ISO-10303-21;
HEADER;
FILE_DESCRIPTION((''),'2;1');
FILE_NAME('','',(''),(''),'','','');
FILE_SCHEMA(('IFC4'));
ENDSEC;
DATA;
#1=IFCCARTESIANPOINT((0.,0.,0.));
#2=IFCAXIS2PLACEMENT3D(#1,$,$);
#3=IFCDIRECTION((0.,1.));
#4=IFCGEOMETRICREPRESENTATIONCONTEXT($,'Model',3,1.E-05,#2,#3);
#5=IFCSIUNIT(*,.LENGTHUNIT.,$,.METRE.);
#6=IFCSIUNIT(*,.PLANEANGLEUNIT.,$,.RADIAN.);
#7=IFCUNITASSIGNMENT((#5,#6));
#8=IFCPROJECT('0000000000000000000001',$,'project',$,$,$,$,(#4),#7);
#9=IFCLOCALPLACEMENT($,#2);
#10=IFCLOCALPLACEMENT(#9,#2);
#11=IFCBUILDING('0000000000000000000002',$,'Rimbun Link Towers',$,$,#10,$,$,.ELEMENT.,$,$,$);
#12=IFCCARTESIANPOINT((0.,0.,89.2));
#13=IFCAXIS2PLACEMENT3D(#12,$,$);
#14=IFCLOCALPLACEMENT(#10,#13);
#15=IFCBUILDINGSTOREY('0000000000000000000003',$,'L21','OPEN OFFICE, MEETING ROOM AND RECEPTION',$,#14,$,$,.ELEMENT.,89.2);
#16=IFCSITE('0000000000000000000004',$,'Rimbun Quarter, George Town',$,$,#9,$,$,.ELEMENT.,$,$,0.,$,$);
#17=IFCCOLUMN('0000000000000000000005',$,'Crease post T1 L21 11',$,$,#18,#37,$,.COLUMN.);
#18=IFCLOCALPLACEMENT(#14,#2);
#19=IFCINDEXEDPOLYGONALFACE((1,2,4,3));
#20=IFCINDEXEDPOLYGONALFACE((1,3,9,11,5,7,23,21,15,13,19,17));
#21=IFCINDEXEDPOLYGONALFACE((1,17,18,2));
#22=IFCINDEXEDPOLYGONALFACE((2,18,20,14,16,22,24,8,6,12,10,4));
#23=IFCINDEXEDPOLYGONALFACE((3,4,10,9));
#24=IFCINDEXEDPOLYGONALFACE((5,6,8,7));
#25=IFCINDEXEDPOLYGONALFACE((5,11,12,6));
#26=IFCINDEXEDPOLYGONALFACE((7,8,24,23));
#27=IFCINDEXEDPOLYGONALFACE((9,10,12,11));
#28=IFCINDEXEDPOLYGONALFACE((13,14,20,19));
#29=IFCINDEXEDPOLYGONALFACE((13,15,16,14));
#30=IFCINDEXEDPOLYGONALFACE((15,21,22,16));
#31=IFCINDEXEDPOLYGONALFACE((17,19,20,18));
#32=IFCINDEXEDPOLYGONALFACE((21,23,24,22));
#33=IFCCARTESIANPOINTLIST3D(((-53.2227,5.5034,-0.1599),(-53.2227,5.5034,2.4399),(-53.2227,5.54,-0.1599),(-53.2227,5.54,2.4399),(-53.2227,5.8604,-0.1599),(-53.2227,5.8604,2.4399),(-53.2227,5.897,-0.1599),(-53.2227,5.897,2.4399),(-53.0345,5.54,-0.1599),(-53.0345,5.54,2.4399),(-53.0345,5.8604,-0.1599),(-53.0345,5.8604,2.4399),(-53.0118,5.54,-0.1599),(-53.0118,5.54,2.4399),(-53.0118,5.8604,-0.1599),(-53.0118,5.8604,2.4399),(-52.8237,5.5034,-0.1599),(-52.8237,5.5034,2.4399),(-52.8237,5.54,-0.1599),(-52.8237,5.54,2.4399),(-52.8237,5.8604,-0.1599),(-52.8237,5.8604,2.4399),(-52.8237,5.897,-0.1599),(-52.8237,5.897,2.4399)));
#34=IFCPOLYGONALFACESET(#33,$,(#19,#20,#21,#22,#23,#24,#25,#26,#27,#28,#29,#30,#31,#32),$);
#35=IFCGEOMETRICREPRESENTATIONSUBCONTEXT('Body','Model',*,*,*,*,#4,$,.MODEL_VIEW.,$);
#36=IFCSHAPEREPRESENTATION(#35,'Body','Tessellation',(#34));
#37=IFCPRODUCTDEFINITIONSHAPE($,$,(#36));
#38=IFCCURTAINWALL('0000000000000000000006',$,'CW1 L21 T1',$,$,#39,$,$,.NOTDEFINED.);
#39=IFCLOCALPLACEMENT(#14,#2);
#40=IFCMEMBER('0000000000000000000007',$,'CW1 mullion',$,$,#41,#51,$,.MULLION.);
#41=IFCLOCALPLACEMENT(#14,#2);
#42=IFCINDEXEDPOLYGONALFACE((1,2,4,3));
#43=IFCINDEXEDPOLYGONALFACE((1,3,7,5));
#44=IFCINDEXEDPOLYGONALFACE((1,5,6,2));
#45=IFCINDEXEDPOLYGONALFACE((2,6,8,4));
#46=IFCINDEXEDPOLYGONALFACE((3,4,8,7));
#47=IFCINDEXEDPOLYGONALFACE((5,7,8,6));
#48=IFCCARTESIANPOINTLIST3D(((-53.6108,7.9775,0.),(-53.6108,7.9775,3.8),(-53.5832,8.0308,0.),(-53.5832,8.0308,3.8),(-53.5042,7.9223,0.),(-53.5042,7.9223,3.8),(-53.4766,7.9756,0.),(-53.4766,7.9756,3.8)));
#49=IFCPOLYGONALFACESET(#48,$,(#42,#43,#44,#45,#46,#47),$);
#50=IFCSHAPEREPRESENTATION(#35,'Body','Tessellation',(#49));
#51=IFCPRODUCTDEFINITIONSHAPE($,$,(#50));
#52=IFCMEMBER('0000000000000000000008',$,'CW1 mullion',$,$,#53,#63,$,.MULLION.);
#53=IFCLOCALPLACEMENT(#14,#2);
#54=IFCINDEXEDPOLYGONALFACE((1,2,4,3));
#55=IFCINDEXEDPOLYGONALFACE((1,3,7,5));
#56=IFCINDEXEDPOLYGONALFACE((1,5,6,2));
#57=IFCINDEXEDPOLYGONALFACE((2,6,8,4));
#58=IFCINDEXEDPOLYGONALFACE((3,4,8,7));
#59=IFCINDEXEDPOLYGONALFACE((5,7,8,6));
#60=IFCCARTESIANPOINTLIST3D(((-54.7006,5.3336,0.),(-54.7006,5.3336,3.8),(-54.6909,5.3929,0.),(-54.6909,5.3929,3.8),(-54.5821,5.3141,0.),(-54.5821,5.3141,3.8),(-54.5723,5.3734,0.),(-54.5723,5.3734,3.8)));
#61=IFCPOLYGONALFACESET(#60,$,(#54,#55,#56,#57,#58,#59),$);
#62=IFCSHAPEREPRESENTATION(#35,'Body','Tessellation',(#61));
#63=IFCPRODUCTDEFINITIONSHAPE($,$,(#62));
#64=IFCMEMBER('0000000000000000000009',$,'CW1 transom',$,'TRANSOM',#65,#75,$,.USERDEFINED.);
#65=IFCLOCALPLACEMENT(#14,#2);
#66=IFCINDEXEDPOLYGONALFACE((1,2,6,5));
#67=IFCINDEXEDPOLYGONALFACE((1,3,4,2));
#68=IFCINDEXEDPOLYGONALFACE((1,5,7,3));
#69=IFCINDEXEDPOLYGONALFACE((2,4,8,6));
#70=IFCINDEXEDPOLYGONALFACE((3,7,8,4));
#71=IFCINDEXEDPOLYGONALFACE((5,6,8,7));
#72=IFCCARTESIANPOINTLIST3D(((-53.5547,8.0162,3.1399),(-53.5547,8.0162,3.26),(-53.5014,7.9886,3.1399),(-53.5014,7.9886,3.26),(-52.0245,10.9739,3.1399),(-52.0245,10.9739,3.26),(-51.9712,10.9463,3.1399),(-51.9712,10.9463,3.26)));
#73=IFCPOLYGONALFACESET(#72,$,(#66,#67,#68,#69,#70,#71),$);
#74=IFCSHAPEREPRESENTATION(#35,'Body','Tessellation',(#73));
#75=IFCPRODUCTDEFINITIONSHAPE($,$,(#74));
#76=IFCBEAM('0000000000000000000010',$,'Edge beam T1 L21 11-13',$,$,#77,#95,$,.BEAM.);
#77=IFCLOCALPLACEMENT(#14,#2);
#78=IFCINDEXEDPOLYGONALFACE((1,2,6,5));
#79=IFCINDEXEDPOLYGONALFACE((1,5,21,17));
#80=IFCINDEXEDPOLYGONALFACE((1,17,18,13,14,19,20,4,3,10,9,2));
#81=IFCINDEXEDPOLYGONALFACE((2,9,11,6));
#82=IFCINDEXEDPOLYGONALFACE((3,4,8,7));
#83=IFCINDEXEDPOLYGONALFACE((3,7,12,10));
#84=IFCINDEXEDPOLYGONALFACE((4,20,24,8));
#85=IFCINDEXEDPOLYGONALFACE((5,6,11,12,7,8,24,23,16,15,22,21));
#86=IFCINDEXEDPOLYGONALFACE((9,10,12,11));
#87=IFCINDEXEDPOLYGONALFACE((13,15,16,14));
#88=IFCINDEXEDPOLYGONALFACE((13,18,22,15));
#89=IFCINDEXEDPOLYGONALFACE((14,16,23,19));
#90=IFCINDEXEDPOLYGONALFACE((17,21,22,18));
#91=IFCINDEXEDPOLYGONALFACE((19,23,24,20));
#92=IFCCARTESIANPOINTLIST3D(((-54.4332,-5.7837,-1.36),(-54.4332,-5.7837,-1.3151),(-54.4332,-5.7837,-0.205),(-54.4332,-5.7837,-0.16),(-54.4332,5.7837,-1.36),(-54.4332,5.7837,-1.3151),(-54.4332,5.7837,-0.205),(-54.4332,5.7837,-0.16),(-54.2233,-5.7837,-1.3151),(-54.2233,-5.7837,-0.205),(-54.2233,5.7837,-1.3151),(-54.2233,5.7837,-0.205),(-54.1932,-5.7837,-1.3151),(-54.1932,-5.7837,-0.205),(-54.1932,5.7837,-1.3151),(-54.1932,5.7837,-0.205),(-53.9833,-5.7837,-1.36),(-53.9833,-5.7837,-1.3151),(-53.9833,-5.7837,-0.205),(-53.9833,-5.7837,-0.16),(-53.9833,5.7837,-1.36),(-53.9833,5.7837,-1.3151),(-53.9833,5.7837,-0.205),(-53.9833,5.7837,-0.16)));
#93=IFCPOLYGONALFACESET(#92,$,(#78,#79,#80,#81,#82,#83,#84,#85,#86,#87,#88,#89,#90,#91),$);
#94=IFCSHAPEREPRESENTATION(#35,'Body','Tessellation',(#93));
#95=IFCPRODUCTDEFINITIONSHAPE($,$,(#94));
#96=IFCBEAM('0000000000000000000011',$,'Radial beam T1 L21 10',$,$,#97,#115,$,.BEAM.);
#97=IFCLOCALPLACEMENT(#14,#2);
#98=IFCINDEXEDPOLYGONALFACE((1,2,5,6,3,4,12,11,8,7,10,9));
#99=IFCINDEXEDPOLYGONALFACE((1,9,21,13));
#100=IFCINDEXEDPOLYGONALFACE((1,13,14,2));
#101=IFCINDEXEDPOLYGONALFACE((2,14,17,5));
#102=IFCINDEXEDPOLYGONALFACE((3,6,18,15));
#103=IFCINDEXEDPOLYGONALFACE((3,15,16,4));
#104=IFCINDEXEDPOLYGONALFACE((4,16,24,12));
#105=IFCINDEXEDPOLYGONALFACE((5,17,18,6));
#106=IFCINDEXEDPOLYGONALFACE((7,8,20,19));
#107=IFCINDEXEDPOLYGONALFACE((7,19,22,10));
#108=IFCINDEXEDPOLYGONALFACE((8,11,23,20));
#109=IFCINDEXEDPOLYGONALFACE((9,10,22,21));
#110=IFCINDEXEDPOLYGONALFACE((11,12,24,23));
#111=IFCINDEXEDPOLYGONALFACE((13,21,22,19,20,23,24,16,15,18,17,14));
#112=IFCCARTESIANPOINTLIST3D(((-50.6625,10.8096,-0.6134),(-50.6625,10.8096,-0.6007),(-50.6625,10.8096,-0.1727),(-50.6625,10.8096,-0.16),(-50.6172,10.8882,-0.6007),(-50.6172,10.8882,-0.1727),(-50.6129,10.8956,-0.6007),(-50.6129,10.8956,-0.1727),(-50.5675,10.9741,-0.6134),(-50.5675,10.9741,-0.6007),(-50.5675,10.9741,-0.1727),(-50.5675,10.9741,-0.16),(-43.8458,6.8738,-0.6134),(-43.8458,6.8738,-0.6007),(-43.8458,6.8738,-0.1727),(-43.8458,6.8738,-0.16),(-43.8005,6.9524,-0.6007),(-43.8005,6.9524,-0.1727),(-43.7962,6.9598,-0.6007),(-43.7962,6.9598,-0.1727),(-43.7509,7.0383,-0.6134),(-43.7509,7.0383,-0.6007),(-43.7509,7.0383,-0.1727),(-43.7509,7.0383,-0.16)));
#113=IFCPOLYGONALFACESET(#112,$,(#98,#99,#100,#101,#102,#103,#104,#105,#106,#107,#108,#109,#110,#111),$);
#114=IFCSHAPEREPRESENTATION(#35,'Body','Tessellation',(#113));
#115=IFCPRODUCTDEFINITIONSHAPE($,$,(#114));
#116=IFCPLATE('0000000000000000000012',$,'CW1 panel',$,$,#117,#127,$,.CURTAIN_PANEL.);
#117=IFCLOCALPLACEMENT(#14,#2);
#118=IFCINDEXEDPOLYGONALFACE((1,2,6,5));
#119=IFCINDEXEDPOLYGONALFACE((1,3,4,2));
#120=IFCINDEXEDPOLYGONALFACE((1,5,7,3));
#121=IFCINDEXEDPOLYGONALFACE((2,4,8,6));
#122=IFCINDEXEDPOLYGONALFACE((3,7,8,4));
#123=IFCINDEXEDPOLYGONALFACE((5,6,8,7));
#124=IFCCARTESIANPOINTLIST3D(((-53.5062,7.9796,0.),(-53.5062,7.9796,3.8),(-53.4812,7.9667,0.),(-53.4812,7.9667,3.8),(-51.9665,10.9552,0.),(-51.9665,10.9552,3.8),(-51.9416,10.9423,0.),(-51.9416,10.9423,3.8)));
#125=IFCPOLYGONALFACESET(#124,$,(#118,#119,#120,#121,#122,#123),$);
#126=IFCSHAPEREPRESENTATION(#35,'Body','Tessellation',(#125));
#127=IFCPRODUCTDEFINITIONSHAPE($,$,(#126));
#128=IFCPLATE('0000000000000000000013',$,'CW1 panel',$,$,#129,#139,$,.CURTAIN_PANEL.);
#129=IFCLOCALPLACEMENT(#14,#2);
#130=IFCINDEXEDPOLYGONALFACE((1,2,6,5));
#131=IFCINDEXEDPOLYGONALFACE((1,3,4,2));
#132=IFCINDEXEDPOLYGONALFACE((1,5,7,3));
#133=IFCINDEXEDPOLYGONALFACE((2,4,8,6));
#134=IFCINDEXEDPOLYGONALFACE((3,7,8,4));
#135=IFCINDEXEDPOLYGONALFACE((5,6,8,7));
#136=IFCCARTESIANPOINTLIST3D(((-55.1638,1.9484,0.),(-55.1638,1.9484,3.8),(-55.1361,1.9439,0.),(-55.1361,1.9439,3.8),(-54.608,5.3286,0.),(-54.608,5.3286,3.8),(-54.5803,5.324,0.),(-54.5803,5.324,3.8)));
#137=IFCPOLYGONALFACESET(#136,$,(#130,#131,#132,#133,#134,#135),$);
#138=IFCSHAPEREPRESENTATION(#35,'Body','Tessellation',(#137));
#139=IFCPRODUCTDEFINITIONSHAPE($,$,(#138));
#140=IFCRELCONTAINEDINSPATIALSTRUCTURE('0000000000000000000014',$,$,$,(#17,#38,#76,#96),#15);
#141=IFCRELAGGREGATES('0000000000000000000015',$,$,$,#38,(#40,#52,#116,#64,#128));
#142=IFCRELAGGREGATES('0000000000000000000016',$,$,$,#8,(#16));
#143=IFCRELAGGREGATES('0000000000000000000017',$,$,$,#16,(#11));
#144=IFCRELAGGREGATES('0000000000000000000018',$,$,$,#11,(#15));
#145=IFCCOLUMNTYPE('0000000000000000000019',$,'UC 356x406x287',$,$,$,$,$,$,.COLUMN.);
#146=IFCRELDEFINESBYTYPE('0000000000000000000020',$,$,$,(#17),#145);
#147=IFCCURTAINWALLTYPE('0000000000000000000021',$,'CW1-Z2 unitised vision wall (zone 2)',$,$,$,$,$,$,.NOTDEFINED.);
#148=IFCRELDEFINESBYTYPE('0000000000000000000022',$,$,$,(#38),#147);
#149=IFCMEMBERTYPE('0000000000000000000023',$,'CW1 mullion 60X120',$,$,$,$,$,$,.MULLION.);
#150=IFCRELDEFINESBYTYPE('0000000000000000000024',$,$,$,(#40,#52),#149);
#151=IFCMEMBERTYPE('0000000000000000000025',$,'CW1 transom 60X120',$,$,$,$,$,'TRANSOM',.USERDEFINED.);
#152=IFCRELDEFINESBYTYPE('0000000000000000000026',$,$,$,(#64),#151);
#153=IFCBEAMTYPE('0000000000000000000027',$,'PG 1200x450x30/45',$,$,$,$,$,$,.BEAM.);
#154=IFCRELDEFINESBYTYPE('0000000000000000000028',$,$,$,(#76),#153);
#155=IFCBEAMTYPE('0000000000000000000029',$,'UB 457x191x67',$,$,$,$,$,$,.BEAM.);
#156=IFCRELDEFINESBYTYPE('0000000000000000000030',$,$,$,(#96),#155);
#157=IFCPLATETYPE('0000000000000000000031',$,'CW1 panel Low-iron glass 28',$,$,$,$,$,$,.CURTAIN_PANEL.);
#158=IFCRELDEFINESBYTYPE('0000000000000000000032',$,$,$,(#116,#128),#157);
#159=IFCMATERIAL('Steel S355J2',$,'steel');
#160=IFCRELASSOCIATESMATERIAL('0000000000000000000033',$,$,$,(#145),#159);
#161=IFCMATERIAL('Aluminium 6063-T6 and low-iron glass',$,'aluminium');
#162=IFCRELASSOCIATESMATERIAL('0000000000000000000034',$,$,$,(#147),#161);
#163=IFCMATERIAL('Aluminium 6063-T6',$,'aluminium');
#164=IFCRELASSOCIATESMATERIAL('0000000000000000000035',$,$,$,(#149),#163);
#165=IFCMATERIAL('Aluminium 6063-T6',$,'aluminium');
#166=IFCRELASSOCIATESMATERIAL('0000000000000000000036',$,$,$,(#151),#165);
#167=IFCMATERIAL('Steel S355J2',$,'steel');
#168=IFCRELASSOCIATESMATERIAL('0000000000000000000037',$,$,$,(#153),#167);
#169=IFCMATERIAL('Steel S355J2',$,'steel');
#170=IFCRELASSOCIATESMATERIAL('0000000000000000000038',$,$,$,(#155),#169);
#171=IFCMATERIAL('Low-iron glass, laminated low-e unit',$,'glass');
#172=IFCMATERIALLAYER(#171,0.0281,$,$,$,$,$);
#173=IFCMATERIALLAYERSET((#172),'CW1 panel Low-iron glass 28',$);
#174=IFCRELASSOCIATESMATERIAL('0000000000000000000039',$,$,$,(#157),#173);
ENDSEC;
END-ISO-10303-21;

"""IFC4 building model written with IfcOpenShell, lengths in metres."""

from ifc_helpers import new_model, si_unit, direction, frame, origin, origin_2d, place, context, subcontext, project, spatial, rectangle, i_section, extrude, material, layer, layer_set, material_profile, profile_set, type_object, element, aggregate, save


model = new_model("IFC4")

# Units and contexts
model_context = context("Model", 3, precision=1e-05, world=origin(), true_north=direction((0.0, 1.0)))
body_context = subcontext(model_context, "Body", "Model", "MODEL_VIEW")
ifc_project = project(units=[si_unit("LENGTHUNIT", "METRE"), si_unit("PLANEANGLEUNIT", "RADIAN")], contexts=[model_context])

# Site, building, storey
site_placement = place(None, origin())
site = spatial("IfcSite", under=ifc_project, at=site_placement, Name="Rimbun Quarter, George Town", CompositionType="ELEMENT", RefElevation=0.0)
building_placement = place(site_placement, origin())
building = spatial("IfcBuilding", under=site, at=building_placement, Name="Rimbun Link Towers", CompositionType="ELEMENT")
storey_placement = place(building_placement, frame((0.0, 0.0, 89.2)))
storey = spatial("IfcBuildingStorey", under=building, at=storey_placement, Name="L21", Description="OPEN OFFICE, MEETING ROOM AND RECEPTION", CompositionType="ELEMENT", Elevation=89.2)

# Column
ifc_material_1 = material(Name="Steel S355J2", Category="steel")
ifc_material_profile_1 = material_profile(ifc_material_1, i_section(OverallWidth=0.3989, OverallDepth=0.3936, WebThickness=0.0227, FlangeThickness=0.0366, at=origin_2d()), Name="UC 356x406x287")
ifc_profile_set_1 = profile_set([ifc_material_profile_1], Name="Steel S355J2")
column_type = type_object("IfcColumnType", Name="UC 356x406x287", PredefinedType="COLUMN", material=ifc_profile_set_1)
column_placement = place(storey_placement, frame((-53.0232, 5.7002, -0.1599), z_axis=(0.0, 0.0, 1.0), x_axis=(1.0, 0.0, 0.0)))
element("IfcColumn", 1, at=column_placement, inside=storey, type_object=column_type, Name="Crease post T1 L21 11", PredefinedType="COLUMN", context=body_context, shape_type="SweptSolid", body=[
    extrude(i_section(OverallWidth=0.3989, OverallDepth=0.3936, WebThickness=0.0227, FlangeThickness=0.0366, at=origin_2d()), origin(), (0.0, 0.0, 1.0), 2.5999),
])

# Curtain wall, members
ifc_material_2 = material(Name="Aluminium 6063-T6 and low-iron glass", Category="aluminium")
curtain_wall_type = type_object("IfcCurtainWallType", Name="CW1-Z2 unitised vision wall (zone 2)", PredefinedType="NOTDEFINED", material=ifc_material_2)
curtain_wall_placement = place(storey_placement, origin())
curtain_wall = element("IfcCurtainWall", 2, at=curtain_wall_placement, inside=storey, type_object=curtain_wall_type, Name="CW1 L21 T1", PredefinedType="NOTDEFINED")
ifc_material_3 = material(Name="Aluminium 6063-T6", Category="aluminium")
ifc_material_profile_2 = material_profile(ifc_material_3, rectangle(XDim=0.1201, YDim=0.0601, at=origin_2d()), Name="MULLION 60X120")
ifc_profile_set_2 = profile_set([ifc_material_profile_2], Name="Aluminium 6063-T6")
member_type_1 = type_object("IfcMemberType", Name="CW1 mullion 60X120", PredefinedType="MULLION", material=ifc_profile_set_2)
member_1_placement = place(storey_placement, frame((-53.5437, 7.9766, 0.0), z_axis=(0.0, 0.0, 1.0), x_axis=(-0.888155, 0.459544, 0.0)))
member_1 = element("IfcMember", 3, at=member_1_placement, type_object=member_type_1, Name="CW1 mullion", PredefinedType="MULLION", context=body_context, shape_type="SweptSolid", body=[
    extrude(rectangle(XDim=0.1201, YDim=0.0601, at=origin_2d()), origin(), (0.0, 0.0, 1.0), 3.8),
])
member_2_placement = place(storey_placement, frame((-54.6365, 5.3535, 0.0), z_axis=(0.0, 0.0, 1.0), x_axis=(-0.986749, 0.162255, 0.0)))
member_2 = element("IfcMember", 4, at=member_2_placement, type_object=member_type_1, Name="CW1 mullion", PredefinedType="MULLION", context=body_context, shape_type="SweptSolid", body=[
    extrude(rectangle(XDim=0.1201, YDim=0.0601, at=origin_2d()), origin(), (0.0, 0.0, 1.0), 3.8),
])
ifc_material_4 = material(Name="Aluminium 6063-T6", Category="aluminium")
ifc_material_profile_3 = material_profile(ifc_material_4, rectangle(XDim=0.0601, YDim=0.1201, at=origin_2d()), Name="TRANSOM 60X120")
ifc_profile_set_3 = profile_set([ifc_material_profile_3], Name="Aluminium 6063-T6")
member_type_2 = type_object("IfcMemberType", Name="CW1 transom 60X120", ElementType="TRANSOM", PredefinedType="USERDEFINED", material=ifc_profile_set_3)
member_3_placement = place(storey_placement, frame((-53.5281, 8.0024, 3.2), z_axis=(0.459517, 0.888169, 0.0), x_axis=(-0.888169, 0.459517, 0.0)))
member_3 = element("IfcMember", 5, at=member_3_placement, type_object=member_type_2, Name="CW1 transom", ObjectType="TRANSOM", PredefinedType="USERDEFINED", context=body_context, shape_type="SweptSolid", body=[
    extrude(rectangle(XDim=0.0601, YDim=0.1201, at=origin_2d()), origin(), (0.0, 0.0, 1.0), 3.3301),
])

# Beams
ifc_material_5 = material(Name="Steel S355J2", Category="steel")
ifc_material_profile_4 = material_profile(ifc_material_5, i_section(OverallWidth=0.45, OverallDepth=1.2, WebThickness=0.03, FlangeThickness=0.0449, at=origin_2d()), Name="PG 1200x450x30/45")
ifc_profile_set_4 = profile_set([ifc_material_profile_4], Name="Steel S355J2")
beam_type_1 = type_object("IfcBeamType", Name="PG 1200x450x30/45", PredefinedType="BEAM", material=ifc_profile_set_4)
beam_1_placement = place(storey_placement, frame((-54.2083, 5.7837, -0.76), z_axis=(0.0, -1.0, 0.0), x_axis=(1.0, 0.0, 0.0)))
element("IfcBeam", 6, at=beam_1_placement, inside=storey, type_object=beam_type_1, Name="Edge beam T1 L21 11-13", PredefinedType="BEAM", context=body_context, shape_type="SweptSolid", body=[
    extrude(i_section(OverallWidth=0.45, OverallDepth=1.2, WebThickness=0.03, FlangeThickness=0.0449, at=origin_2d()), origin(), (0.0, 0.0, 1.0), 11.5674),
])
ifc_material_6 = material(Name="Steel S355J2", Category="steel")
ifc_material_profile_5 = material_profile(ifc_material_6, i_section(OverallWidth=0.1899, OverallDepth=0.4534, WebThickness=0.0085, FlangeThickness=0.0127, at=origin_2d()), Name="UB 457x191x67")
ifc_profile_set_5 = profile_set([ifc_material_profile_5], Name="Steel S355J2")
beam_type_2 = type_object("IfcBeamType", Name="UB 457x191x67", PredefinedType="BEAM", material=ifc_profile_set_5)
beam_2_placement = place(storey_placement, frame((-43.7983, 6.9561, -0.3867), z_axis=(-0.866015, 0.500019, 0.0), x_axis=(-0.500019, -0.866015, 0.0)))
element("IfcBeam", 7, at=beam_2_placement, inside=storey, type_object=beam_type_2, Name="Radial beam T1 L21 10", PredefinedType="BEAM", context=body_context, shape_type="SweptSolid", body=[
    extrude(i_section(OverallWidth=0.1899, OverallDepth=0.4534, WebThickness=0.0085, FlangeThickness=0.0127, at=origin_2d()), origin(), (0.0, 0.0, 1.0), 7.8713),
])

# Plates
ifc_material_7 = material(Name="Low-iron glass, laminated low-e unit", Category="glass")
ifc_layer_1 = layer(ifc_material_7, 0.0281)
ifc_layer_set_1 = layer_set([ifc_layer_1], Name="CW1 panel Low-iron glass 28")
plate_type = type_object("IfcPlateType", Name="CW1 panel Low-iron glass 28", PredefinedType="CURTAIN_PANEL", material=ifc_layer_set_1)
plate_1_placement = place(storey_placement, frame((-52.7239, 9.4609, 0.0), z_axis=(0.0, 0.0, 1.0), x_axis=(0.459544, 0.888155, 0.0)))
plate_1 = element("IfcPlate", 8, at=plate_1_placement, type_object=plate_type, Name="CW1 panel", PredefinedType="CURTAIN_PANEL", context=body_context, shape_type="SweptSolid", body=[
    extrude(rectangle(XDim=3.3503, YDim=0.0281, at=origin_2d()), origin(), (0.0, 0.0, 1.0), 3.8),
])
plate_2_placement = place(storey_placement, frame((-54.8721, 3.6362, 0.0), z_axis=(0.0, 0.0, 1.0), x_axis=(0.162255, 0.986749, 0.0)))
plate_2 = element("IfcPlate", 9, at=plate_2_placement, type_object=plate_type, Name="CW1 panel", PredefinedType="CURTAIN_PANEL", context=body_context, shape_type="SweptSolid", body=[
    extrude(rectangle(XDim=3.4255, YDim=0.0281, at=origin_2d()), origin(), (0.0, 0.0, 1.0), 3.8),
])
aggregate(curtain_wall, [member_1, member_2, plate_1, member_3, plate_2])

save(model, "model.ifc")
